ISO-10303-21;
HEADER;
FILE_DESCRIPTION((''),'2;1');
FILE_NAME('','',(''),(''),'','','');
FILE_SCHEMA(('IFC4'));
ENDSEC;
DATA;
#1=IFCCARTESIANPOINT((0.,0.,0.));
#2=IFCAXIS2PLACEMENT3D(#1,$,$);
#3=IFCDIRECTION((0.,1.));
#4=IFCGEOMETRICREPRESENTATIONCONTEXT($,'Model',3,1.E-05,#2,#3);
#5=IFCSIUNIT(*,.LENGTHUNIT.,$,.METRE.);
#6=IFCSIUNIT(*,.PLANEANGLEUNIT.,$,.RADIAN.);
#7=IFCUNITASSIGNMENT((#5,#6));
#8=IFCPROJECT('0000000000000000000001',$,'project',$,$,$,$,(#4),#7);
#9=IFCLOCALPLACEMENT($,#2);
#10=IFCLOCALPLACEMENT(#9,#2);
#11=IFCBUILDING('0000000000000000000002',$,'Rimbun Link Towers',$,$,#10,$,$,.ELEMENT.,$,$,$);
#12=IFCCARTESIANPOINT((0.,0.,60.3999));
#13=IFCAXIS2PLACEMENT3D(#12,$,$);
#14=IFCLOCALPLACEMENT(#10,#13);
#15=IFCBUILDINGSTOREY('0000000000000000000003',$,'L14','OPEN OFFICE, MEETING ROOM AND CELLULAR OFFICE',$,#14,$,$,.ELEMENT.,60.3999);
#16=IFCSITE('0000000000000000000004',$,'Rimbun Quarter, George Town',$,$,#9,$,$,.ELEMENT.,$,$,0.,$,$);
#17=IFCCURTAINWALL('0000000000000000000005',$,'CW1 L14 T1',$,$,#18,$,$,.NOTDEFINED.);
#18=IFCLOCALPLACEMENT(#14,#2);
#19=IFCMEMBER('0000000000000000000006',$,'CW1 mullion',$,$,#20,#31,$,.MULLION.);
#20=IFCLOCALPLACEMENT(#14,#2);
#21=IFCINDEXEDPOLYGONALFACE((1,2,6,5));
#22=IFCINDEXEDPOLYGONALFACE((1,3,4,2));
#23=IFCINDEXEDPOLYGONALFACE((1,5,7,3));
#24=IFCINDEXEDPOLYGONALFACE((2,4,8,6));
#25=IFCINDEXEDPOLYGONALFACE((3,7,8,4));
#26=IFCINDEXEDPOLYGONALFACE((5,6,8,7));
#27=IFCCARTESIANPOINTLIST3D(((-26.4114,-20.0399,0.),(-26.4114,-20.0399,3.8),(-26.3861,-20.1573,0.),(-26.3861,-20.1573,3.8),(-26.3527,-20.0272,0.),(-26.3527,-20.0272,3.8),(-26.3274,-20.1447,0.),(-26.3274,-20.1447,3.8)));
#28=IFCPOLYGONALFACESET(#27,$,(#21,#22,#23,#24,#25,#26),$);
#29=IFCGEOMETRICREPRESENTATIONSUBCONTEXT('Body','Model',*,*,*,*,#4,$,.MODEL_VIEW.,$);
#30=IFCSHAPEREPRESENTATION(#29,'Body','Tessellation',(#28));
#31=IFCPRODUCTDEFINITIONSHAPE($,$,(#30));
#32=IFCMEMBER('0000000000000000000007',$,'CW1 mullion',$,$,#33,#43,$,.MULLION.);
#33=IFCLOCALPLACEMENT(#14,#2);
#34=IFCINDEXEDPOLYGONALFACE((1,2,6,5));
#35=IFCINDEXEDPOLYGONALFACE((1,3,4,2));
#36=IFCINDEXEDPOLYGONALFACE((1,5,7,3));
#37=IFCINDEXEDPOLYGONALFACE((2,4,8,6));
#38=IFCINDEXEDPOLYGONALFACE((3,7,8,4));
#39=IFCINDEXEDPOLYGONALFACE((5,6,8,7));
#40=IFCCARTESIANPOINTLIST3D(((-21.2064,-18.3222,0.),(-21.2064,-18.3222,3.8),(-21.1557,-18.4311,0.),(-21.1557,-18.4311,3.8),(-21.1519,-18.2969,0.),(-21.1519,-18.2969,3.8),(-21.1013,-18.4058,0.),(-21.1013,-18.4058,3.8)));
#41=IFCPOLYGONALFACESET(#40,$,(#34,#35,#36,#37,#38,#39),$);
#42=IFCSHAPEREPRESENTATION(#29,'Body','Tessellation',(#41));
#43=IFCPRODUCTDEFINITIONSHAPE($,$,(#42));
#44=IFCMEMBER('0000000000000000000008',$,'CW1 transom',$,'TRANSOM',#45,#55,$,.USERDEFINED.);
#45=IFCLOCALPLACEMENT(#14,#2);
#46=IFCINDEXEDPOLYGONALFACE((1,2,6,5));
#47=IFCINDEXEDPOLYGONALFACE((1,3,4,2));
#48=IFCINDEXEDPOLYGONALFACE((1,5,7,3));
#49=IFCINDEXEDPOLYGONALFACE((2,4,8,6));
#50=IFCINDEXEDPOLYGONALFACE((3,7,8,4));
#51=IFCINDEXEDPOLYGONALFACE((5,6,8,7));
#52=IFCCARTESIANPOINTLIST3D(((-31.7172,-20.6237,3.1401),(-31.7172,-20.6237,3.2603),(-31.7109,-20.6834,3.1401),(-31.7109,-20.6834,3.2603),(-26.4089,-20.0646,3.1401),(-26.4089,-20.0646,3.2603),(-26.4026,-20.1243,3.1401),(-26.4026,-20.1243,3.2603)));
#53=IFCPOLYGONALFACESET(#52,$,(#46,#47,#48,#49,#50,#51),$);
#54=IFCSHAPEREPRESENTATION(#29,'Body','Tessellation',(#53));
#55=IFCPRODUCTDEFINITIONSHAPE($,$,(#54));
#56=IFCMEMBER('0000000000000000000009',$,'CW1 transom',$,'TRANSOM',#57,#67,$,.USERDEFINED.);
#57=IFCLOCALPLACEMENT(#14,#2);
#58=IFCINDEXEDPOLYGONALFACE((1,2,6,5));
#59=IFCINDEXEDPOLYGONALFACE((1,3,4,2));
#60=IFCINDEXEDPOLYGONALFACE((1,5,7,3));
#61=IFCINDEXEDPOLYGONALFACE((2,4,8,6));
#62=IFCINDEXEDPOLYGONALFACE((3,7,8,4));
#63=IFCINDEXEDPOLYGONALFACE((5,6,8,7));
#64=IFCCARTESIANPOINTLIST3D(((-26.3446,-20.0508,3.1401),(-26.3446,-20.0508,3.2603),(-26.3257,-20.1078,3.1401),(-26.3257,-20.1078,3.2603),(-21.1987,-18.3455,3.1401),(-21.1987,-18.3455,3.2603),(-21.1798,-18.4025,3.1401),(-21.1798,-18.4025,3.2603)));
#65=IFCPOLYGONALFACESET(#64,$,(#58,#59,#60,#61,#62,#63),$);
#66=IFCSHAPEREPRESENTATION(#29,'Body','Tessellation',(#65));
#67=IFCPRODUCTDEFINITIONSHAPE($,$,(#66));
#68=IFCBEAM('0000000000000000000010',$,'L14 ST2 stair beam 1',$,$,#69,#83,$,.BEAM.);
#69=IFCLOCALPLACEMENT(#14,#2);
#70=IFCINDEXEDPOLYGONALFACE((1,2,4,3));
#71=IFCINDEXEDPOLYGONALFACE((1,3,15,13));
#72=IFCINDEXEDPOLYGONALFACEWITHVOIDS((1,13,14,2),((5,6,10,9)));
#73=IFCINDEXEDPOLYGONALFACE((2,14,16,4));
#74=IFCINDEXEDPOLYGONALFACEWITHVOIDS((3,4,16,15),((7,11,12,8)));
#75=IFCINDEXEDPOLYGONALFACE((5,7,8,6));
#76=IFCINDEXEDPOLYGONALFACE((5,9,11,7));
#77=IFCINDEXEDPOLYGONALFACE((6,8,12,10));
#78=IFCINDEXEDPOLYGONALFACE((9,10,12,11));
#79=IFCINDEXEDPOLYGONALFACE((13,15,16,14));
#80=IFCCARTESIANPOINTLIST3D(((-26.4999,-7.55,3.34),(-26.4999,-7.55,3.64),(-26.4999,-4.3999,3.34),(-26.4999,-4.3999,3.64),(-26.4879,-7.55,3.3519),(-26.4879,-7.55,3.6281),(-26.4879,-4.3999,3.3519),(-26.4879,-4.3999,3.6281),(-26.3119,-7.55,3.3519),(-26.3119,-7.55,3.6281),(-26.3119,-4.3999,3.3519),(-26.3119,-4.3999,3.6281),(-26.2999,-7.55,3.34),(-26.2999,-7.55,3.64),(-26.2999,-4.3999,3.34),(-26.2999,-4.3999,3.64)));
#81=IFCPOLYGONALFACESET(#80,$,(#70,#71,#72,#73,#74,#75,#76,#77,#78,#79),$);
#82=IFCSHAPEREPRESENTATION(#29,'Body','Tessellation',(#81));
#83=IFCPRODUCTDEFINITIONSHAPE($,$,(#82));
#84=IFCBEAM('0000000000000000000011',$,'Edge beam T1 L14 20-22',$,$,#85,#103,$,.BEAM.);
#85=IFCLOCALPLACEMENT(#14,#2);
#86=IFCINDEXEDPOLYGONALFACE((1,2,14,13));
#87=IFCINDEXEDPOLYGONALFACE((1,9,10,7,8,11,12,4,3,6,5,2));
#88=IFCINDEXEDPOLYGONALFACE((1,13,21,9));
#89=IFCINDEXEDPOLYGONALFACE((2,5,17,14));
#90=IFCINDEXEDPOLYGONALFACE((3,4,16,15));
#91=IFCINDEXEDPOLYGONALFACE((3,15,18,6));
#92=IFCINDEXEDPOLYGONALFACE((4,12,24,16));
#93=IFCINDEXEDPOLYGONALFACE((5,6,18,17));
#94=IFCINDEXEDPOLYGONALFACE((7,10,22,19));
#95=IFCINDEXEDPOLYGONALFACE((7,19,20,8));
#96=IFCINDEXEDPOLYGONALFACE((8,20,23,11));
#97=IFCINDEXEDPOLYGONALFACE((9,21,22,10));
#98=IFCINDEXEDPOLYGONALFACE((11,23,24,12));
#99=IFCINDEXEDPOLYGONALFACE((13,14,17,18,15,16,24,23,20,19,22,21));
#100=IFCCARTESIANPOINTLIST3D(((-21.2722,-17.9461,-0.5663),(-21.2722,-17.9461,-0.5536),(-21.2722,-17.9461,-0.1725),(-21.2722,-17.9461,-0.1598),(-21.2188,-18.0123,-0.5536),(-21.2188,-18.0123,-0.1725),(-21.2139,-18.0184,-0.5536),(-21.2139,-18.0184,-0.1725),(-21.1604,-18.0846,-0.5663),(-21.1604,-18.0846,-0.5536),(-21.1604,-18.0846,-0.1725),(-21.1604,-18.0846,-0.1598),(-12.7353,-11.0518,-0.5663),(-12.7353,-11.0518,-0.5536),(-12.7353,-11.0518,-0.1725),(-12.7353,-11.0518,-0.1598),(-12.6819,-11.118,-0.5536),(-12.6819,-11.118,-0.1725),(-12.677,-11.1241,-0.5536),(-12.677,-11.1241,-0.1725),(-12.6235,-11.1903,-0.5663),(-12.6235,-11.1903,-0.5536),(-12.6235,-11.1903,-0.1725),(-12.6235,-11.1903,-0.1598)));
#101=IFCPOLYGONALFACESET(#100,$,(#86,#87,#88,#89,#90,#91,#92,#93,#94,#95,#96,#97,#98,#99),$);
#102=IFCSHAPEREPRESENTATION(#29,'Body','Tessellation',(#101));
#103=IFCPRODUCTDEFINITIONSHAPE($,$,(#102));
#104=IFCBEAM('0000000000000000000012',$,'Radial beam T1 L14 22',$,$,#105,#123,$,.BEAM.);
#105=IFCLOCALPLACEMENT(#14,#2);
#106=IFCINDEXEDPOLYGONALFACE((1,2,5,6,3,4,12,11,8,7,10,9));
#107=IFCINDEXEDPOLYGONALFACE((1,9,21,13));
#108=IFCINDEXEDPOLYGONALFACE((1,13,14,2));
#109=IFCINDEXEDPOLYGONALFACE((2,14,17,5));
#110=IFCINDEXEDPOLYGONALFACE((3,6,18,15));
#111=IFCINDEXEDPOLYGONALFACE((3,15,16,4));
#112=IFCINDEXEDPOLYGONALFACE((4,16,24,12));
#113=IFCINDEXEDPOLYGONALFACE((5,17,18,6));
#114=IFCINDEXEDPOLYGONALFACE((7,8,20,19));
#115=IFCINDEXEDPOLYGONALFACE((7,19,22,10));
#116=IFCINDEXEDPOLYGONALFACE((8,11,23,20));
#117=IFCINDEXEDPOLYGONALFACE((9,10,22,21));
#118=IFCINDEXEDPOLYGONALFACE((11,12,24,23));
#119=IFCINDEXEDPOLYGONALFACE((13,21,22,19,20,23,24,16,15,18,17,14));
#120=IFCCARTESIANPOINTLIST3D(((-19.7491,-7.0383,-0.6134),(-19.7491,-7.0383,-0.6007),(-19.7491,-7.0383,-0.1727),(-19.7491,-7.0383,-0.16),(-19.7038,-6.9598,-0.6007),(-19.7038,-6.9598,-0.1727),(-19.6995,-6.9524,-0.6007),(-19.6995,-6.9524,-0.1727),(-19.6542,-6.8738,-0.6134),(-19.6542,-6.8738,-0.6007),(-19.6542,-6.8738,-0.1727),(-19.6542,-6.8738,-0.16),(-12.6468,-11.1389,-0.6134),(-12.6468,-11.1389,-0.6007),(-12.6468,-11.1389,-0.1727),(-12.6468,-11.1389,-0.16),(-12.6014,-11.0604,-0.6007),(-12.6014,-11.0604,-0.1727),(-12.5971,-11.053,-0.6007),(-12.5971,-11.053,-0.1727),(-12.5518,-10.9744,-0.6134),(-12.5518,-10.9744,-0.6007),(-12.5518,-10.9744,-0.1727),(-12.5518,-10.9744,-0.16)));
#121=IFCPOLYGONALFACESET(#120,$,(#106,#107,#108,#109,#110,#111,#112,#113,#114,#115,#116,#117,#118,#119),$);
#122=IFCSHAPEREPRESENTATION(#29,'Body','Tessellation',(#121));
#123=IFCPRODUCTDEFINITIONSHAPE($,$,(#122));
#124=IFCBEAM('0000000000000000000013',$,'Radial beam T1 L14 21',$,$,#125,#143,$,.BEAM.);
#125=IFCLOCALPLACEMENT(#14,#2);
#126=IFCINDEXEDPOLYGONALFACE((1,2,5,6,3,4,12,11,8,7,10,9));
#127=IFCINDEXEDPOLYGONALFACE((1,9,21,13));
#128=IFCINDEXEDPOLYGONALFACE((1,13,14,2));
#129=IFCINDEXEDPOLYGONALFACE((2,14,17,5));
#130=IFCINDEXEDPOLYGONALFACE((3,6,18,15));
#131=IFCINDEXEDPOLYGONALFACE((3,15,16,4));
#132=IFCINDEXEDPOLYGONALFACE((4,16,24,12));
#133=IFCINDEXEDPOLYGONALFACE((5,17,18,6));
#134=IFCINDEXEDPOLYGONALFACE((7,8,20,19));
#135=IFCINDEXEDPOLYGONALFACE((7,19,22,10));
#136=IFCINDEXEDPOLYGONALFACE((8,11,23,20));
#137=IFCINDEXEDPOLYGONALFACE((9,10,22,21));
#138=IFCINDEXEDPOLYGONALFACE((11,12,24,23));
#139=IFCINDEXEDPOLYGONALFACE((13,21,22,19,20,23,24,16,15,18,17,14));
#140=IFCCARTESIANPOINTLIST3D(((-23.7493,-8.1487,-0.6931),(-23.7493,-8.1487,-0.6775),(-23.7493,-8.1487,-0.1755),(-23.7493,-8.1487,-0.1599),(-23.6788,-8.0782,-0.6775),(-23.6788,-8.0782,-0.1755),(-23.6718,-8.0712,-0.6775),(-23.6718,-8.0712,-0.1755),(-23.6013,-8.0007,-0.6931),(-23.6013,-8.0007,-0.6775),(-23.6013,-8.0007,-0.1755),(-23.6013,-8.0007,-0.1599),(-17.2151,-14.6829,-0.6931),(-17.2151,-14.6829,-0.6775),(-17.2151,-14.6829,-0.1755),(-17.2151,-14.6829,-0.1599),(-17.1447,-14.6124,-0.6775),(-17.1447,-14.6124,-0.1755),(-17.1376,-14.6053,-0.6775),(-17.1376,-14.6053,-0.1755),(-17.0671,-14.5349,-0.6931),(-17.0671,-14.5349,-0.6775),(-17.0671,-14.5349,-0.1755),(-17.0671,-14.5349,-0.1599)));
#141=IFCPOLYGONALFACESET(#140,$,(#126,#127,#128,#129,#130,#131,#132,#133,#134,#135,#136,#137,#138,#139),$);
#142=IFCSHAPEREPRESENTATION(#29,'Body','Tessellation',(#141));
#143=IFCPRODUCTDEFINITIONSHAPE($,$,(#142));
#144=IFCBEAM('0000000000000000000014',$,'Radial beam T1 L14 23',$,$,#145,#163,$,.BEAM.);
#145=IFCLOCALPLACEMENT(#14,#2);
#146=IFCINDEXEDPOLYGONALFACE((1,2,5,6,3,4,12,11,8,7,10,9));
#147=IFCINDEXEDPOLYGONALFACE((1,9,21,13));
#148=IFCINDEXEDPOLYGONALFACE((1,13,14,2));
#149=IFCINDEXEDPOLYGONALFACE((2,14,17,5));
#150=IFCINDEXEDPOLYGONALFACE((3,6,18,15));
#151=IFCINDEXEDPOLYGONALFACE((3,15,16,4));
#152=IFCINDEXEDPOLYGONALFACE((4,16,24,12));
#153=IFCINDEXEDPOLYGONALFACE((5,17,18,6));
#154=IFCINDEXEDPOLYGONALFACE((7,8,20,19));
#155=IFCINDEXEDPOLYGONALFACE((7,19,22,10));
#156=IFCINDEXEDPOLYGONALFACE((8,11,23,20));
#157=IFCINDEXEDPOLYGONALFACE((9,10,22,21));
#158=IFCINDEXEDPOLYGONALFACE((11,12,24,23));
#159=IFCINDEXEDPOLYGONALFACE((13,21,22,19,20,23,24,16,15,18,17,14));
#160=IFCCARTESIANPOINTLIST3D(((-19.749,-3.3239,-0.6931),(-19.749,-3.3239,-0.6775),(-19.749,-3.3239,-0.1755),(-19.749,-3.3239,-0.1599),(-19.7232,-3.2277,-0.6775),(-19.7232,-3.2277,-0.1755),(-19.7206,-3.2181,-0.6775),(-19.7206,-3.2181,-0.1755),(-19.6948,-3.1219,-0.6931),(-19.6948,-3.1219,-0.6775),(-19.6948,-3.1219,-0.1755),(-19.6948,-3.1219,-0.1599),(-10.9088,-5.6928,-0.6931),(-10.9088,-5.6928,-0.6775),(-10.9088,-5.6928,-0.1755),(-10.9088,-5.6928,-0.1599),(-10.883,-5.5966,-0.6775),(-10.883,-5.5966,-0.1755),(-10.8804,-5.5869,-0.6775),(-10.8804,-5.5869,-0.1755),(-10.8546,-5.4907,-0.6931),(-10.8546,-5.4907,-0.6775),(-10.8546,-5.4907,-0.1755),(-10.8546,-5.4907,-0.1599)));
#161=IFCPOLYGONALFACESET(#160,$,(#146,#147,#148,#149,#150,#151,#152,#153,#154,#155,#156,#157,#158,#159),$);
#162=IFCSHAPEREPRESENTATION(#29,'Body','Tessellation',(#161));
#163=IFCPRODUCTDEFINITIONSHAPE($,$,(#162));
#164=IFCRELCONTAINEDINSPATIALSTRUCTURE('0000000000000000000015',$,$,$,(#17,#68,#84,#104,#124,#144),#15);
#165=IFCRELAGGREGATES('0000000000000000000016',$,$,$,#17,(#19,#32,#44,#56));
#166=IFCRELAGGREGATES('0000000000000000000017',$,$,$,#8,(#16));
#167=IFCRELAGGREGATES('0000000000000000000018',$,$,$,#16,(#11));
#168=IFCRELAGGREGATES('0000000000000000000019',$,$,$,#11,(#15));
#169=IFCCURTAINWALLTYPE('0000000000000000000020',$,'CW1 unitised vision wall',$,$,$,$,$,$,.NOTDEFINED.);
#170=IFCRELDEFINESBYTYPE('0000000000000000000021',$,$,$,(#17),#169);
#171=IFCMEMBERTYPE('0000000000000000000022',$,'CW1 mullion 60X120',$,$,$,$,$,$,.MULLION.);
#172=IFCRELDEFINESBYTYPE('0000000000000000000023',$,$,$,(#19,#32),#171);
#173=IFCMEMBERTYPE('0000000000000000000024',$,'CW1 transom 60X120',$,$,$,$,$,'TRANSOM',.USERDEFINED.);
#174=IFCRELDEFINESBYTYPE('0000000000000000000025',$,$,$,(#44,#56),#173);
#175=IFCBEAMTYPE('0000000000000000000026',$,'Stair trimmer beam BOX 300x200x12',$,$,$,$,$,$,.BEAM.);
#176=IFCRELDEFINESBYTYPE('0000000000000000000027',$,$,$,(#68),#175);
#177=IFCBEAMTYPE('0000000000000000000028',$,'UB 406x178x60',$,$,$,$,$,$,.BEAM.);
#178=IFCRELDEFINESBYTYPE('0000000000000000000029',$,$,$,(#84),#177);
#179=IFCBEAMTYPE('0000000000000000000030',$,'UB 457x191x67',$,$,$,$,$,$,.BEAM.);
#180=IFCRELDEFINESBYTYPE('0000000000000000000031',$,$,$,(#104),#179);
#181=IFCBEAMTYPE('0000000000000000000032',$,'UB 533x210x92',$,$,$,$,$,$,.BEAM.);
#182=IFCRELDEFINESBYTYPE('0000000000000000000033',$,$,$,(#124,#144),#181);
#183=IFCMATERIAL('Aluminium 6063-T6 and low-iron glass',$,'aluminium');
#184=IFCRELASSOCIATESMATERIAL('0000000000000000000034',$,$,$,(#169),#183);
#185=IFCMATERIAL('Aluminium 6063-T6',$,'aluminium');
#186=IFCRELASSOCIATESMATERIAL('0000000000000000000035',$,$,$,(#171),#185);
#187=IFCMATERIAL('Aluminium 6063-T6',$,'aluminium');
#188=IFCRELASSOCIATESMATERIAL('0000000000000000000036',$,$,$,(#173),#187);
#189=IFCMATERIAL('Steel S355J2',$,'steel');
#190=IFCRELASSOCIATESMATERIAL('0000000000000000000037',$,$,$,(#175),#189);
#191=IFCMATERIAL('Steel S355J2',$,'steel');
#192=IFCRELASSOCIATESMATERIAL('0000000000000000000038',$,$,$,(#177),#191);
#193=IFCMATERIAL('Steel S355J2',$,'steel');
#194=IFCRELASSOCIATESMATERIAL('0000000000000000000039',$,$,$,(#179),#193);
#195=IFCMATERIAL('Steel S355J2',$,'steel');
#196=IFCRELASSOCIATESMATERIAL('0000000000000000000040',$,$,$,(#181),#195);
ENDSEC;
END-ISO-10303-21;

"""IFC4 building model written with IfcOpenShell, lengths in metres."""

from ifc_helpers import new_model, si_unit, direction, frame, origin, origin_2d, place, context, subcontext, project, spatial, rectangle, hollow_rectangle, i_section, extrude, material, material_profile, profile_set, type_object, element, aggregate, save


model = new_model("IFC4")

# Units and contexts
model_context = context("Model", 3, precision=1e-05, world=origin(), true_north=direction((0.0, 1.0)))
body_context = subcontext(model_context, "Body", "Model", "MODEL_VIEW")
ifc_project = project(units=[si_unit("LENGTHUNIT", "METRE"), si_unit("PLANEANGLEUNIT", "RADIAN")], contexts=[model_context])

# Site, building, storey
site_placement = place(None, origin())
site = spatial("IfcSite", under=ifc_project, at=site_placement, Name="Rimbun Quarter, George Town", CompositionType="ELEMENT", RefElevation=0.0)
building_placement = place(site_placement, origin())
building = spatial("IfcBuilding", under=site, at=building_placement, Name="Rimbun Link Towers", CompositionType="ELEMENT")
storey_placement = place(building_placement, frame((0.0, 0.0, 60.3999)))
storey = spatial("IfcBuildingStorey", under=building, at=storey_placement, Name="L14", Description="OPEN OFFICE, MEETING ROOM AND CELLULAR OFFICE", CompositionType="ELEMENT", Elevation=60.3999)

# Curtain wall, members
ifc_material_1 = material(Name="Aluminium 6063-T6 and low-iron glass", Category="aluminium")
curtain_wall_type = type_object("IfcCurtainWallType", Name="CW1 unitised vision wall", PredefinedType="NOTDEFINED", material=ifc_material_1)
curtain_wall_placement = place(storey_placement, origin())
curtain_wall = element("IfcCurtainWall", 1, at=curtain_wall_placement, inside=storey, type_object=curtain_wall_type, Name="CW1 L14 T1", PredefinedType="NOTDEFINED")
ifc_material_2 = material(Name="Aluminium 6063-T6", Category="aluminium")
ifc_material_profile_1 = material_profile(ifc_material_2, rectangle(XDim=0.1201, YDim=0.0601, at=origin_2d()), Name="MULLION 60X120")
ifc_profile_set_1 = profile_set([ifc_material_profile_1], Name="Aluminium 6063-T6")
member_type_1 = type_object("IfcMemberType", Name="CW1 mullion 60X120", PredefinedType="MULLION", material=ifc_profile_set_1)
member_1_placement = place(storey_placement, frame((-26.3694, -20.0923, 0.0), z_axis=(0.0, 0.0, 1.0), x_axis=(0.210874, -0.977513, 0.0)))
member_1 = element("IfcMember", 2, at=member_1_placement, type_object=member_type_1, Name="CW1 mullion", PredefinedType="MULLION", context=body_context, shape_type="SweptSolid", body=[
    extrude(rectangle(XDim=0.1201, YDim=0.0601, at=origin_2d()), origin(), (0.0, 0.0, 1.0), 3.8),
])
member_2_placement = place(storey_placement, frame((-21.1538, -18.364, 0.0), z_axis=(0.0, 0.0, 1.0), x_axis=(0.421705, -0.906733, 0.0)))
member_2 = element("IfcMember", 3, at=member_2_placement, type_object=member_type_1, Name="CW1 mullion", PredefinedType="MULLION", context=body_context, shape_type="SweptSolid", body=[
    extrude(rectangle(XDim=0.1201, YDim=0.0601, at=origin_2d()), origin(), (0.0, 0.0, 1.0), 3.8),
])
ifc_material_3 = material(Name="Aluminium 6063-T6", Category="aluminium")
ifc_material_profile_2 = material_profile(ifc_material_3, rectangle(XDim=0.0601, YDim=0.1201, at=origin_2d()), Name="TRANSOM 60X120")
ifc_profile_set_2 = profile_set([ifc_material_profile_2], Name="Aluminium 6063-T6")
member_type_2 = type_object("IfcMemberType", Name="CW1 transom 60X120", ElementType="TRANSOM", PredefinedType="USERDEFINED", material=ifc_profile_set_2)
member_3_placement = place(storey_placement, frame((-26.4058, -20.0945, 3.2002), z_axis=(-0.994499, -0.104742, 0.0), x_axis=(0.104742, -0.994499, 0.0)))
member_3 = element("IfcMember", 4, at=member_3_placement, type_object=member_type_2, Name="CW1 transom", ObjectType="TRANSOM", PredefinedType="USERDEFINED", context=body_context, shape_type="SweptSolid", body=[
    extrude(rectangle(XDim=0.0601, YDim=0.1201, at=origin_2d()), origin(), (0.0, 0.0, 1.0), 5.3376),
])
member_4_placement = place(storey_placement, frame((-21.1892, -18.374, 3.2002), z_axis=(-0.949236, -0.314566, 0.0), x_axis=(0.314566, -0.949236, 0.0)))
member_4 = element("IfcMember", 5, at=member_4_placement, type_object=member_type_2, Name="CW1 transom", ObjectType="TRANSOM", PredefinedType="USERDEFINED", context=body_context, shape_type="SweptSolid", body=[
    extrude(rectangle(XDim=0.0601, YDim=0.1201, at=origin_2d()), origin(), (0.0, 0.0, 1.0), 5.4211),
])

# Beams
ifc_material_4 = material(Name="Steel S355J2", Category="steel")
ifc_material_profile_3 = material_profile(ifc_material_4, hollow_rectangle(XDim=0.2, YDim=0.3, WallThickness=0.012, at=origin_2d()), Name="BOX 300x200x12")
ifc_profile_set_3 = profile_set([ifc_material_profile_3], Name="Steel S355J2")
beam_type_1 = type_object("IfcBeamType", Name="Stair trimmer beam BOX 300x200x12", PredefinedType="BEAM", material=ifc_profile_set_3)
beam_1_placement = place(storey_placement, frame((-26.3999, -7.55, 3.49), z_axis=(0.0, 1.0, 0.0), x_axis=(-1.0, 0.0, 0.0)))
element("IfcBeam", 6, at=beam_1_placement, inside=storey, type_object=beam_type_1, Name="L14 ST2 stair beam 1", PredefinedType="BEAM", context=body_context, shape_type="SweptSolid", body=[
    extrude(hollow_rectangle(XDim=0.2, YDim=0.3, WallThickness=0.012, at=origin_2d()), origin(), (0.0, 0.0, 1.0), 3.1501),
])
ifc_material_5 = material(Name="Steel S355J2", Category="steel")
ifc_material_profile_4 = material_profile(ifc_material_5, i_section(OverallWidth=0.178, OverallDepth=0.4065, WebThickness=0.0078, FlangeThickness=0.0127, at=origin_2d()), Name="UB 406x178x60")
ifc_profile_set_4 = profile_set([ifc_material_profile_4], Name="Steel S355J2")
beam_type_2 = type_object("IfcBeamType", Name="UB 406x178x60", PredefinedType="BEAM", material=ifc_profile_set_4)
beam_2_placement = place(storey_placement, frame((-21.2163, -18.0154, -0.363), z_axis=(0.77798, 0.628289, 0.0), x_axis=(-0.628289, 0.77798, 0.0)))
element("IfcBeam", 7, at=beam_2_placement, inside=storey, type_object=beam_type_2, Name="Edge beam T1 L14 20-22", PredefinedType="BEAM", context=body_context, shape_type="SweptSolid", body=[
    extrude(i_section(OverallWidth=0.178, OverallDepth=0.4065, WebThickness=0.0078, FlangeThickness=0.0127, at=origin_2d()), origin(), (0.0, 0.0, 1.0), 10.9731),
])
ifc_material_6 = material(Name="Steel S355J2", Category="steel")
ifc_material_profile_5 = material_profile(ifc_material_6, i_section(OverallWidth=0.1899, OverallDepth=0.4534, WebThickness=0.0085, FlangeThickness=0.0127, at=origin_2d()), Name="UB 457x191x67")
ifc_profile_set_5 = profile_set([ifc_material_profile_5], Name="Steel S355J2")
beam_type_3 = type_object("IfcBeamType", Name="UB 457x191x67", PredefinedType="BEAM", material=ifc_profile_set_5)
beam_3_placement = place(storey_placement, frame((-19.7017, -6.9561, -0.3867), z_axis=(0.866021, -0.500007, 0.0), x_axis=(0.500007, 0.866021, 0.0)))
element("IfcBeam", 8, at=beam_3_placement, inside=storey, type_object=beam_type_3, Name="Radial beam T1 L14 22", PredefinedType="BEAM", context=body_context, shape_type="SweptSolid", body=[
    extrude(i_section(OverallWidth=0.1899, OverallDepth=0.4534, WebThickness=0.0085, FlangeThickness=0.0127, at=origin_2d()), origin(), (0.0, 0.0, 1.0), 8.2012),
])
ifc_material_7 = material(Name="Steel S355J2", Category="steel")
ifc_material_profile_6 = material_profile(ifc_material_7, i_section(OverallWidth=0.2092, OverallDepth=0.5332, WebThickness=0.01, FlangeThickness=0.0156, at=origin_2d()), Name="UB 533x210x92")
ifc_profile_set_6 = profile_set([ifc_material_profile_6], Name="Steel S355J2")
beam_type_4 = type_object("IfcBeamType", Name="UB 533x210x92", PredefinedType="BEAM", material=ifc_profile_set_6)
beam_4_placement = place(storey_placement, frame((-23.6753, -8.0747, -0.4265), z_axis=(0.707107, -0.707107, 0.0), x_axis=(0.707107, 0.707107, 0.0)))
element("IfcBeam", 9, at=beam_4_placement, inside=storey, type_object=beam_type_4, Name="Radial beam T1 L14 21", PredefinedType="BEAM", context=body_context, shape_type="SweptSolid", body=[
    extrude(i_section(OverallWidth=0.2092, OverallDepth=0.5332, WebThickness=0.01, FlangeThickness=0.0156, at=origin_2d()), origin(), (0.0, 0.0, 1.0), 9.2407),
])
beam_5_placement = place(storey_placement, frame((-19.7219, -3.2229, -0.4265), z_axis=(0.965922, -0.258833, 0.0), x_axis=(0.258833, 0.965922, 0.0)))
element("IfcBeam", 10, at=beam_5_placement, inside=storey, type_object=beam_type_4, Name="Radial beam T1 L14 23", PredefinedType="BEAM", context=body_context, shape_type="SweptSolid", body=[
    extrude(i_section(OverallWidth=0.2092, OverallDepth=0.5332, WebThickness=0.01, FlangeThickness=0.0156, at=origin_2d()), origin(), (0.0, 0.0, 1.0), 9.1521),
])

aggregate(curtain_wall, [member_1, member_2, member_3, member_4])

save(model, "model.ifc")
